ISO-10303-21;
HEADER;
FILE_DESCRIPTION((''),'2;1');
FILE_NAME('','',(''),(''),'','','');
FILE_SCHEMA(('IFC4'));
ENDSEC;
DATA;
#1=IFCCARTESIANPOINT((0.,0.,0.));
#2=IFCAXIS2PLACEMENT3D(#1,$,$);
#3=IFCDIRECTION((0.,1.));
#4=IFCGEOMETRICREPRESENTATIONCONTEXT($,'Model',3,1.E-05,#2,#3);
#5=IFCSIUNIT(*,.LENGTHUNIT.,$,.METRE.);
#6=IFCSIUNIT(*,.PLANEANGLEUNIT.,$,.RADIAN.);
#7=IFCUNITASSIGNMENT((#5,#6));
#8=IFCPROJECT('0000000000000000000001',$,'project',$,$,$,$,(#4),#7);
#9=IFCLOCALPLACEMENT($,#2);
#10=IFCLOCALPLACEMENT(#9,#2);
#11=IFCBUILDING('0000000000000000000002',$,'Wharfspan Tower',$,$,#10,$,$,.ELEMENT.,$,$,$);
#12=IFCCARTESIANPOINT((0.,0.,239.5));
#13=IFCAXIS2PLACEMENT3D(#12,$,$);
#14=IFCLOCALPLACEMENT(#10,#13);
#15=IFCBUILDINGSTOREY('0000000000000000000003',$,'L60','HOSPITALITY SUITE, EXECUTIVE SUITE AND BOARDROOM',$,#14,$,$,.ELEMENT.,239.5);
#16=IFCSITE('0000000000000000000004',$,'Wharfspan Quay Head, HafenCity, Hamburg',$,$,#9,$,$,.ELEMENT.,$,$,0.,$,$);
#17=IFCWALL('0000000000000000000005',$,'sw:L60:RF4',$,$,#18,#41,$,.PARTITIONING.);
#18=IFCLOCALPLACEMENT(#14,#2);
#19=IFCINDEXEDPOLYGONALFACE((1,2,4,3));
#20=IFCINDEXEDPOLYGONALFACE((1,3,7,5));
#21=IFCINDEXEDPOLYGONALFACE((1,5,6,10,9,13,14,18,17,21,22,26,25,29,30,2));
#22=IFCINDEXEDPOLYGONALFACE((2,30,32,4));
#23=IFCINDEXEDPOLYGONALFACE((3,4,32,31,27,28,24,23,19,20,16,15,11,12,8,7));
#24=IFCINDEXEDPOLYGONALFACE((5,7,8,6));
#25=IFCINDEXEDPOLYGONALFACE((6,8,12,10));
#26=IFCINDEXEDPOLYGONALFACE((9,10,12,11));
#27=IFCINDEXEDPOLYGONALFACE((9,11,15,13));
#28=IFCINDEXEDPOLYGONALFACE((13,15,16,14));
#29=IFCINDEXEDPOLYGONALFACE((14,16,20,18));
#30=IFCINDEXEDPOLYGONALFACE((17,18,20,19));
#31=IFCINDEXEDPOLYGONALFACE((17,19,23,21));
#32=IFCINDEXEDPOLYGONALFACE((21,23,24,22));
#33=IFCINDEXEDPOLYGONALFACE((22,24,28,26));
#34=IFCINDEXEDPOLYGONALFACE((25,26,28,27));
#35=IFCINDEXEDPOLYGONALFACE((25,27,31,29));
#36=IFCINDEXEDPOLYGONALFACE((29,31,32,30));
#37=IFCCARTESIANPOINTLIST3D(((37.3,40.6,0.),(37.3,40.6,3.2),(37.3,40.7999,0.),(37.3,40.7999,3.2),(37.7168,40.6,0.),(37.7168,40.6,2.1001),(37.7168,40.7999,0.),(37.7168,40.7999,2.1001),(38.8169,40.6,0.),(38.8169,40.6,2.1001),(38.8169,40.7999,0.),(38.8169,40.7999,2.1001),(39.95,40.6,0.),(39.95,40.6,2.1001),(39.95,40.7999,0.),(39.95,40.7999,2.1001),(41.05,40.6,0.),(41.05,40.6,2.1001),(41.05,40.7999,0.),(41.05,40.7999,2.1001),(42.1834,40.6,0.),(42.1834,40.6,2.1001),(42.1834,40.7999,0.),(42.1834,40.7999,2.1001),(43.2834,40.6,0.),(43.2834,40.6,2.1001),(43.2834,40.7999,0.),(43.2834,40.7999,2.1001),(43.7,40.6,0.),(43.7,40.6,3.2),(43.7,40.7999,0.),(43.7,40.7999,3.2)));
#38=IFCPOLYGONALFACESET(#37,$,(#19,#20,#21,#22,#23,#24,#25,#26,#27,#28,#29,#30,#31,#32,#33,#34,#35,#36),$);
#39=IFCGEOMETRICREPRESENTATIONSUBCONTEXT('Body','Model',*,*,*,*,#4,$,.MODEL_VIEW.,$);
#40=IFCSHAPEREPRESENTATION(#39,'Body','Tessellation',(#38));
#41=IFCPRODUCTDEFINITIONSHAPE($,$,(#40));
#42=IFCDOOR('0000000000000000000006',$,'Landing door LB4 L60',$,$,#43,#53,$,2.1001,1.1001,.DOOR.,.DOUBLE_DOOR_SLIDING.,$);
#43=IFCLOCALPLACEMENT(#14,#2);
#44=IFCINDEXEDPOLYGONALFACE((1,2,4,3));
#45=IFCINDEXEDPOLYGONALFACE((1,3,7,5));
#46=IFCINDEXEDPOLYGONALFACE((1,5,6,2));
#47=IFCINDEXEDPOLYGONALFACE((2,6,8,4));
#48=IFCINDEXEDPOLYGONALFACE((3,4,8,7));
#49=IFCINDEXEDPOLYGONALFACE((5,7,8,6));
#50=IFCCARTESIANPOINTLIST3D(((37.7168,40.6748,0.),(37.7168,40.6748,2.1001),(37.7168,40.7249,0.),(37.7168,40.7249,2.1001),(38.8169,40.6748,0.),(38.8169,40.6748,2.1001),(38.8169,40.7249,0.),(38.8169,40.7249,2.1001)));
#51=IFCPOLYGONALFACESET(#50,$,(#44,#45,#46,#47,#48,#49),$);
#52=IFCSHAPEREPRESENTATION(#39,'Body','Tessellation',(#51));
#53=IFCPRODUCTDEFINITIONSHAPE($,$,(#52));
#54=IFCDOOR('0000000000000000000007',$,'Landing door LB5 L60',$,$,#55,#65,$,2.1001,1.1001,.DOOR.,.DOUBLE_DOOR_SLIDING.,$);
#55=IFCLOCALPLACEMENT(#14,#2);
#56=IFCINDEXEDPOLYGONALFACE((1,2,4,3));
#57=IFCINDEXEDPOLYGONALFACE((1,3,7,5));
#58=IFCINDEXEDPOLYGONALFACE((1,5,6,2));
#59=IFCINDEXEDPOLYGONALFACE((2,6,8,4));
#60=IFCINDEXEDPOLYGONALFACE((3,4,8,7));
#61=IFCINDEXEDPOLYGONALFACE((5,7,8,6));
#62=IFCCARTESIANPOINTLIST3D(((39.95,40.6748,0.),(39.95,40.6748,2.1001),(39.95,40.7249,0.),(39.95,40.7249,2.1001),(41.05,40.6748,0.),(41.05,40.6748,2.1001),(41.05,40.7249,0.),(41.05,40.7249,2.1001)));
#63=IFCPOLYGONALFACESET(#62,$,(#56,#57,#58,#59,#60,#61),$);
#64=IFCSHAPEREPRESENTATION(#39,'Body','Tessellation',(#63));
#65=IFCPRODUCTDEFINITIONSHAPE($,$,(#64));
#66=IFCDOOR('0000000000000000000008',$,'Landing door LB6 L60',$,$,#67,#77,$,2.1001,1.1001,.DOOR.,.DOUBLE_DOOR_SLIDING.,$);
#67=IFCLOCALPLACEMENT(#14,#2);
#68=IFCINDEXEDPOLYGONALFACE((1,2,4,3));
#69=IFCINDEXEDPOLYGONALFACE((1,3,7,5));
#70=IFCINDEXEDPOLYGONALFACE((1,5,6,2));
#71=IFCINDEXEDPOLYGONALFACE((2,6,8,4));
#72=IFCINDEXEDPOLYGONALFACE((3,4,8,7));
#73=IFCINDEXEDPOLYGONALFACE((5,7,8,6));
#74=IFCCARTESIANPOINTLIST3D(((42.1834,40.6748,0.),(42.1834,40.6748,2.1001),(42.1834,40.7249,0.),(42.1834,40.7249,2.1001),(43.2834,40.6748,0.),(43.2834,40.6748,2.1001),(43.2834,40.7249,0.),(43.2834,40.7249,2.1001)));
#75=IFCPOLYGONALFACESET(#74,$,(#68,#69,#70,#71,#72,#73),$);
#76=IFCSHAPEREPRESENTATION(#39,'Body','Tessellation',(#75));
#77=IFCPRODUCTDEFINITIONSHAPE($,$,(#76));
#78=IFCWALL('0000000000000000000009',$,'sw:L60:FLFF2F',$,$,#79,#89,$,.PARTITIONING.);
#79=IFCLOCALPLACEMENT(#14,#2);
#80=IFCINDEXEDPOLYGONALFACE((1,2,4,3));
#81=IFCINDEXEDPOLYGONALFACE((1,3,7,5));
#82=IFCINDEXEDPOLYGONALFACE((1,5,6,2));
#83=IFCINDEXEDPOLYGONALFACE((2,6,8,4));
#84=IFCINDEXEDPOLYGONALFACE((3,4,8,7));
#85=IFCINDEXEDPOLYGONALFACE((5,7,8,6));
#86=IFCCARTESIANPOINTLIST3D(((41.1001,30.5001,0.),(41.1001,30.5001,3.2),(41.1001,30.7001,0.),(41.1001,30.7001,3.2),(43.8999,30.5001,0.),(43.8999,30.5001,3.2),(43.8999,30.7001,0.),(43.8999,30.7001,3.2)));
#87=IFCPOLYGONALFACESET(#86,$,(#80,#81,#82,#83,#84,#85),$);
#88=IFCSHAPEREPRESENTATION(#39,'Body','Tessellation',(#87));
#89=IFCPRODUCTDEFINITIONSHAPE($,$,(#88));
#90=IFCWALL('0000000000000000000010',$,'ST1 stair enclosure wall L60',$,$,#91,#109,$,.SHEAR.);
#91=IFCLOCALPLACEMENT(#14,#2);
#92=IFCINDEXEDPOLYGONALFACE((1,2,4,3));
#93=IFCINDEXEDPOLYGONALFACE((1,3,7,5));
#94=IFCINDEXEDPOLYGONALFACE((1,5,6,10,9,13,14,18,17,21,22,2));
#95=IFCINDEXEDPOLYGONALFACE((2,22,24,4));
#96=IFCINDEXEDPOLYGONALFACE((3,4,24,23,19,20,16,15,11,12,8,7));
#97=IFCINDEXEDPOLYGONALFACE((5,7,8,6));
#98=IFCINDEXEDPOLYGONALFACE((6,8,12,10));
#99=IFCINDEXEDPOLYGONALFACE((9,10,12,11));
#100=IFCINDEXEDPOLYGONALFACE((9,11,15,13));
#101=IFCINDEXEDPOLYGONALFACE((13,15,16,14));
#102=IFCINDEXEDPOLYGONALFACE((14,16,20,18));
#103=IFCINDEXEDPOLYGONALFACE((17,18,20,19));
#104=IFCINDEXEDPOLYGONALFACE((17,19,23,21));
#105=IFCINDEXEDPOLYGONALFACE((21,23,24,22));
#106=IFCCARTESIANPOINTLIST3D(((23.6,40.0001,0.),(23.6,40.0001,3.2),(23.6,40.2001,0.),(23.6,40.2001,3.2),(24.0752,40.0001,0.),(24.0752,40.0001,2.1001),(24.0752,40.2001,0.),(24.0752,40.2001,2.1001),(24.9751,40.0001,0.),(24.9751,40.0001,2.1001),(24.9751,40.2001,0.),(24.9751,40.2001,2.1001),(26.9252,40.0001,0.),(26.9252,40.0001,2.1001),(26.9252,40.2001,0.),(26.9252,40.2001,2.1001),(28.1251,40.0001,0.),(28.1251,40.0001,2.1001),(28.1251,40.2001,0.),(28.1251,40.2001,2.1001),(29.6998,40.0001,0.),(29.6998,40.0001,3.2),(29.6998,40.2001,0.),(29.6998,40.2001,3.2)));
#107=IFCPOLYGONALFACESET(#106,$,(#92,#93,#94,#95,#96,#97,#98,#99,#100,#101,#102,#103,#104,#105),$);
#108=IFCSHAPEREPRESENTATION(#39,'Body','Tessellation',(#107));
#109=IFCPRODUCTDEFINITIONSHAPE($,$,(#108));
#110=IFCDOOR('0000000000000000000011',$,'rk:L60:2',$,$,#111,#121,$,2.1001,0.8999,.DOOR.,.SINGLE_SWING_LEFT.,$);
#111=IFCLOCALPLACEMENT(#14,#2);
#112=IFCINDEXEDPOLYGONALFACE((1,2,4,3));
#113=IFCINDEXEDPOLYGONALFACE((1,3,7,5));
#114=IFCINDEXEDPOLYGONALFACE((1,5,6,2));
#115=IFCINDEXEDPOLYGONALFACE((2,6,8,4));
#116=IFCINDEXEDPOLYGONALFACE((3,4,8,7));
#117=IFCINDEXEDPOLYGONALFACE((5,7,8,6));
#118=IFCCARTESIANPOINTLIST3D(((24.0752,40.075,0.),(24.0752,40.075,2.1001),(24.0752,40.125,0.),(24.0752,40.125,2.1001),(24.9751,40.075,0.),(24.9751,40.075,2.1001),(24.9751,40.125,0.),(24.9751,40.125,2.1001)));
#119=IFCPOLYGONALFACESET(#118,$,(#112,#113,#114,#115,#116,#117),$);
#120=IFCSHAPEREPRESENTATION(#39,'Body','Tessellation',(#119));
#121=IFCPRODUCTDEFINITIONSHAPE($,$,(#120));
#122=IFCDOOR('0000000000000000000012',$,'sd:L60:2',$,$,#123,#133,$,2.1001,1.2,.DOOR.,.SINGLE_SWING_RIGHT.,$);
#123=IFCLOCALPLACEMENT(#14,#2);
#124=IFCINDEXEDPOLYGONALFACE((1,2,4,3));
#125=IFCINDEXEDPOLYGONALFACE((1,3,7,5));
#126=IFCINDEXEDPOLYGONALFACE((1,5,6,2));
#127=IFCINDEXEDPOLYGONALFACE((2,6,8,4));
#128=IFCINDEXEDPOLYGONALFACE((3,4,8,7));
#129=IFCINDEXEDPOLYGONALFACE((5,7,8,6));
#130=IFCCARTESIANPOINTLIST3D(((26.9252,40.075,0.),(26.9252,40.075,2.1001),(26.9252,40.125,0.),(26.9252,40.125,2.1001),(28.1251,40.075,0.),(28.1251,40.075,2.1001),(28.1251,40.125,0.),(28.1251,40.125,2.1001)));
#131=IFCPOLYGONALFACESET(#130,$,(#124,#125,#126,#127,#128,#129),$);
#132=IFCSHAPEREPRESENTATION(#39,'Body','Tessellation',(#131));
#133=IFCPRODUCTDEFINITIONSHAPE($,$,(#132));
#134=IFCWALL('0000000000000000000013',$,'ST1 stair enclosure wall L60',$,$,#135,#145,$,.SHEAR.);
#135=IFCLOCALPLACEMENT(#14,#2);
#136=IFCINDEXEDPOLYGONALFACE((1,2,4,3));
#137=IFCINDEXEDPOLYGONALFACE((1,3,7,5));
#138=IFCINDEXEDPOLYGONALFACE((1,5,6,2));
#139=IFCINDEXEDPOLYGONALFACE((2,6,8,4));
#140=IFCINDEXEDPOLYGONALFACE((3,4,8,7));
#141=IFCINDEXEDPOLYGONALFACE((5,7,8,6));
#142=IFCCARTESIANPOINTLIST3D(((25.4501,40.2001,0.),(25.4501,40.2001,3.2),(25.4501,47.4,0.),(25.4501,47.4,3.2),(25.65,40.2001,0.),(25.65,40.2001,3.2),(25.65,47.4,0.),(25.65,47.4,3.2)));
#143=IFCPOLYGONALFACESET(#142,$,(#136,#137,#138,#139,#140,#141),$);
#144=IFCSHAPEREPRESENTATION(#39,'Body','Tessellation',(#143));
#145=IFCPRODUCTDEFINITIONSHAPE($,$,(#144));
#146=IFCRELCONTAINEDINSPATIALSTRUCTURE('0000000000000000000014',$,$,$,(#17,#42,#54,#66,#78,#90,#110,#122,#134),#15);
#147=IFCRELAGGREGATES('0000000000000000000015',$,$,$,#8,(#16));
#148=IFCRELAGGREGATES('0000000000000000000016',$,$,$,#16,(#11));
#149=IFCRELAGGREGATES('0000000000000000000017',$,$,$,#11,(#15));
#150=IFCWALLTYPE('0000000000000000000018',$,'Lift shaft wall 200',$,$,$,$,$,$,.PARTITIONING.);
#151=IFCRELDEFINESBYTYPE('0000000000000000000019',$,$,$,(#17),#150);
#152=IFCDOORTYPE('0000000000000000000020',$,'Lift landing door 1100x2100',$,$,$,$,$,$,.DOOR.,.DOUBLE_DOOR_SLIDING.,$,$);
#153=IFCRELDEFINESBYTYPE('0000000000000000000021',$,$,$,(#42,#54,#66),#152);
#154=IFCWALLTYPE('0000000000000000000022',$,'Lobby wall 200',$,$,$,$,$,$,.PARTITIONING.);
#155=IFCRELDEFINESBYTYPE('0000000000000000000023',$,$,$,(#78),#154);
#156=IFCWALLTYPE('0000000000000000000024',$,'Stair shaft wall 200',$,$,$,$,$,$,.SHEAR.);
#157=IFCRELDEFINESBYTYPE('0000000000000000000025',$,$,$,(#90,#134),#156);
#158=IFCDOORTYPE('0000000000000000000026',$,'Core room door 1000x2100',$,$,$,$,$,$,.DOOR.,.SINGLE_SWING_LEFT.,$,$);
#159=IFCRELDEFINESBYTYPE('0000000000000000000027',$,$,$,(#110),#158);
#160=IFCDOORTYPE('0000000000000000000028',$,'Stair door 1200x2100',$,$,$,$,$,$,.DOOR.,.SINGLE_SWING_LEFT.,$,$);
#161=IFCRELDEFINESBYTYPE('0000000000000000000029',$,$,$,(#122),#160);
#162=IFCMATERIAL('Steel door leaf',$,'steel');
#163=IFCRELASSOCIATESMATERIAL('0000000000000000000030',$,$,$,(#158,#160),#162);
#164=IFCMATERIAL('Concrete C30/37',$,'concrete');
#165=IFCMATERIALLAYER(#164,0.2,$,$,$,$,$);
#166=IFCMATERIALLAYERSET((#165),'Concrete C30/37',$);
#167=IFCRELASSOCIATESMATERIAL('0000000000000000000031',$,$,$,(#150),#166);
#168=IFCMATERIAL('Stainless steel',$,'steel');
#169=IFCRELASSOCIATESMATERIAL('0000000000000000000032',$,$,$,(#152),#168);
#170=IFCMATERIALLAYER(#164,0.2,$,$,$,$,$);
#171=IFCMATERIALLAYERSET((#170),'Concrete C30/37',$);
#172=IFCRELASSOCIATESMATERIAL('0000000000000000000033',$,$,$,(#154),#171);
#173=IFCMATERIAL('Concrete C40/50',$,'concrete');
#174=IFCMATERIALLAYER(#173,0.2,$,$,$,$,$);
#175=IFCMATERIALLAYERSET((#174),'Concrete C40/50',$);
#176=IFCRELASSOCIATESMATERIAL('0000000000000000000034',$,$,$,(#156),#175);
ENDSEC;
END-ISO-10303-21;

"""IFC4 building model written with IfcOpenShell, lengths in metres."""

from ifc_helpers import new_model, si_unit, direction, frame, frame_2d, origin, place, context, subcontext, project, spatial, rectangle, extrude, material, layer, layer_set, type_object, element, fill, save


model = new_model("IFC4")

# Units and contexts
model_context = context("Model", 3, precision=1e-05, world=origin(), true_north=direction((0.0, 1.0)))
body_context = subcontext(model_context, "Body", "Model", "MODEL_VIEW")
ifc_project = project(units=[si_unit("LENGTHUNIT", "METRE"), si_unit("PLANEANGLEUNIT", "RADIAN")], contexts=[model_context])

# Site, building, storey
site_placement = place(None, origin())
site = spatial("IfcSite", under=ifc_project, at=site_placement, Name="Wharfspan Quay Head, HafenCity, Hamburg", CompositionType="ELEMENT", RefElevation=0.0)
building_placement = place(site_placement, origin())
building = spatial("IfcBuilding", under=site, at=building_placement, Name="Wharfspan Tower", CompositionType="ELEMENT")
storey_placement = place(building_placement, frame((0.0, 0.0, 239.5)))
storey = spatial("IfcBuildingStorey", under=building, at=storey_placement, Name="L60", Description="HOSPITALITY SUITE, EXECUTIVE SUITE AND BOARDROOM", CompositionType="ELEMENT", Elevation=239.5)

# Shared definitions
ifc_material_1 = material(Name="Steel door leaf", Category="steel")

# Wall, openings, doors
door_type_1 = type_object("IfcDoorType", Name="Core room door 1000x2100", OperationType="SINGLE_SWING_LEFT", PredefinedType="DOOR", material=ifc_material_1)
ifc_material_2 = material(Name="Concrete C30/37", Category="concrete")
ifc_layer_1 = layer(ifc_material_2, 0.2)
ifc_layer_set_1 = layer_set([ifc_layer_1], Name="Concrete C30/37")
wall_type_1 = type_object("IfcWallType", Name="Lift shaft wall 200", PredefinedType="PARTITIONING", material=ifc_layer_set_1)
ifc_material_3 = material(Name="Stainless steel", Category="steel")
door_type_2 = type_object("IfcDoorType", Name="Lift landing door 1100x2100", OperationType="DOUBLE_DOOR_SLIDING", PredefinedType="DOOR", material=ifc_material_3)
wall_1_placement = place(storey_placement, frame((37.3, 40.7, 0.0), z_axis=(0.0, 0.0, 1.0), x_axis=(1.0, 0.0, 0.0)))
wall_1 = element("IfcWall", 1, at=wall_1_placement, inside=storey, type_object=wall_type_1, Name="sw:L60:RF4", PredefinedType="PARTITIONING", context=body_context, shape_type="SweptSolid", body=[
    extrude(rectangle(XDim=6.3999, YDim=0.2, at=frame_2d((3.2, 0.0))), origin(), (0.0, 0.0, 1.0), 3.2),
])
opening_1_placement = place(wall_1_placement, frame((0.4167, 0.0, 0.0)))
opening_1 = element("IfcOpeningElement", 2, at=opening_1_placement, cuts=wall_1, PredefinedType="OPENING", context=body_context, shape_type="SweptSolid", body=[
    extrude(rectangle(XDim=1.1001, YDim=2.1001, at=frame_2d((0.55, 1.05))), frame((0.0, 0.1099, 0.0), z_axis=(0.0, -1.0, 0.0), x_axis=(1.0, 0.0, 0.0)), (0.0, 0.0, 1.0), 0.22),
])
opening_2_placement = place(wall_1_placement, frame((2.6499, 0.0, 0.0)))
opening_2 = element("IfcOpeningElement", 3, at=opening_2_placement, cuts=wall_1, PredefinedType="OPENING", context=body_context, shape_type="SweptSolid", body=[
    extrude(rectangle(XDim=1.1001, YDim=2.1001, at=frame_2d((0.55, 1.05))), frame((0.0, 0.1099, 0.0), z_axis=(0.0, -1.0, 0.0), x_axis=(1.0, 0.0, 0.0)), (0.0, 0.0, 1.0), 0.22),
])
opening_3_placement = place(wall_1_placement, frame((4.8833, 0.0, 0.0)))
opening_3 = element("IfcOpeningElement", 4, at=opening_3_placement, cuts=wall_1, PredefinedType="OPENING", context=body_context, shape_type="SweptSolid", body=[
    extrude(rectangle(XDim=1.1001, YDim=2.1001, at=frame_2d((0.55, 1.05))), frame((0.0, 0.1099, 0.0), z_axis=(0.0, -1.0, 0.0), x_axis=(1.0, 0.0, 0.0)), (0.0, 0.0, 1.0), 0.22),
])
door_1_placement = place(opening_1_placement, origin())
door_1 = element("IfcDoor", 5, at=door_1_placement, inside=storey, type_object=door_type_2, Name="Landing door LB4 L60", OperationType="DOUBLE_DOOR_SLIDING", OverallHeight=2.1001, OverallWidth=1.1001, PredefinedType="DOOR", context=body_context, shape_type="SweptSolid", body=[
    extrude(rectangle(XDim=1.1001, YDim=2.1001, at=frame_2d((0.55, 1.05))), frame((0.0, 0.0249, 0.0), z_axis=(0.0, -1.0, 0.0), x_axis=(1.0, 0.0, 0.0)), (0.0, 0.0, 1.0), 0.05),
])
fill(opening_1, door_1)
door_2_placement = place(opening_2_placement, origin())
door_2 = element("IfcDoor", 6, at=door_2_placement, inside=storey, type_object=door_type_2, Name="Landing door LB5 L60", OperationType="DOUBLE_DOOR_SLIDING", OverallHeight=2.1001, OverallWidth=1.1001, PredefinedType="DOOR", context=body_context, shape_type="SweptSolid", body=[
    extrude(rectangle(XDim=1.1001, YDim=2.1001, at=frame_2d((0.55, 1.05))), frame((0.0, 0.0249, 0.0), z_axis=(0.0, -1.0, 0.0), x_axis=(1.0, 0.0, 0.0)), (0.0, 0.0, 1.0), 0.05),
])
fill(opening_2, door_2)
door_3_placement = place(opening_3_placement, origin())
door_3 = element("IfcDoor", 7, at=door_3_placement, inside=storey, type_object=door_type_2, Name="Landing door LB6 L60", OperationType="DOUBLE_DOOR_SLIDING", OverallHeight=2.1001, OverallWidth=1.1001, PredefinedType="DOOR", context=body_context, shape_type="SweptSolid", body=[
    extrude(rectangle(XDim=1.1001, YDim=2.1001, at=frame_2d((0.55, 1.05))), frame((0.0, 0.0249, 0.0), z_axis=(0.0, -1.0, 0.0), x_axis=(1.0, 0.0, 0.0)), (0.0, 0.0, 1.0), 0.05),
])
fill(opening_3, door_3)

# Wall
ifc_layer_2 = layer(ifc_material_2, 0.2)
ifc_layer_set_2 = layer_set([ifc_layer_2], Name="Concrete C30/37")
wall_type_2 = type_object("IfcWallType", Name="Lobby wall 200", PredefinedType="PARTITIONING", material=ifc_layer_set_2)
wall_2_placement = place(storey_placement, frame((41.1001, 30.6001, 0.0), z_axis=(0.0, 0.0, 1.0), x_axis=(1.0, 0.0, 0.0)))
element("IfcWall", 8, at=wall_2_placement, inside=storey, type_object=wall_type_2, Name="sw:L60:FLFF2F", PredefinedType="PARTITIONING", context=body_context, shape_type="SweptSolid", body=[
    extrude(rectangle(XDim=2.7998, YDim=0.2, at=frame_2d((1.3999, 0.0))), origin(), (0.0, 0.0, 1.0), 3.2),
])

# Wall, openings, doors
ifc_material_4 = material(Name="Concrete C40/50", Category="concrete")
ifc_layer_3 = layer(ifc_material_4, 0.2)
ifc_layer_set_3 = layer_set([ifc_layer_3], Name="Concrete C40/50")
wall_type_3 = type_object("IfcWallType", Name="Stair shaft wall 200", PredefinedType="SHEAR", material=ifc_layer_set_3)
wall_3_placement = place(storey_placement, frame((23.6001, 40.1001, 0.0), z_axis=(0.0, 0.0, 1.0), x_axis=(1.0, 0.0, 0.0)))
wall_3 = element("IfcWall", 9, at=wall_3_placement, inside=storey, type_object=wall_type_3, Name="ST1 stair enclosure wall L60", PredefinedType="SHEAR", context=body_context, shape_type="SweptSolid", body=[
    extrude(rectangle(XDim=6.0999, YDim=0.2, at=frame_2d((3.0498, 0.0))), origin(), (0.0, 0.0, 1.0), 3.2),
])
opening_4_placement = place(wall_3_placement, frame((3.325, 0.0, 0.0)))
opening_4 = element("IfcOpeningElement", 10, at=opening_4_placement, cuts=wall_3, PredefinedType="OPENING", context=body_context, shape_type="SweptSolid", body=[
    extrude(rectangle(XDim=1.2, YDim=2.1001, at=frame_2d((0.6001, 1.05))), frame((0.0, 0.1099, 0.0), z_axis=(0.0, -1.0, 0.0), x_axis=(1.0, 0.0, 0.0)), (0.0, 0.0, 1.0), 0.22),
])
opening_5_placement = place(wall_3_placement, frame((0.4751, 0.0, 0.0)))
opening_5 = element("IfcOpeningElement", 11, at=opening_5_placement, cuts=wall_3, PredefinedType="OPENING", context=body_context, shape_type="SweptSolid", body=[
    extrude(rectangle(XDim=0.8999, YDim=2.1001, at=frame_2d((0.45, 1.05))), frame((0.0, 0.1099, 0.0), z_axis=(0.0, -1.0, 0.0), x_axis=(1.0, 0.0, 0.0)), (0.0, 0.0, 1.0), 0.22),
])
door_4_placement = place(opening_5_placement, origin())
door_4 = element("IfcDoor", 12, at=door_4_placement, inside=storey, type_object=door_type_1, Name="rk:L60:2", OperationType="SINGLE_SWING_LEFT", OverallHeight=2.1001, OverallWidth=0.8999, PredefinedType="DOOR", context=body_context, shape_type="SweptSolid", body=[
    extrude(rectangle(XDim=0.8999, YDim=2.1001, at=frame_2d((0.45, 1.05))), frame((0.0, 0.0249, 0.0), z_axis=(0.0, -1.0, 0.0), x_axis=(1.0, 0.0, 0.0)), (0.0, 0.0, 1.0), 0.05),
])
fill(opening_5, door_4)
door_type_3 = type_object("IfcDoorType", Name="Stair door 1200x2100", OperationType="SINGLE_SWING_LEFT", PredefinedType="DOOR", material=ifc_material_1)
door_5_placement = place(opening_4_placement, origin())
door_5 = element("IfcDoor", 13, at=door_5_placement, inside=storey, type_object=door_type_3, Name="sd:L60:2", OperationType="SINGLE_SWING_RIGHT", OverallHeight=2.1001, OverallWidth=1.2, PredefinedType="DOOR", context=body_context, shape_type="SweptSolid", body=[
    extrude(rectangle(XDim=1.2, YDim=2.1001, at=frame_2d((0.6001, 1.05))), frame((0.0, 0.0249, 0.0), z_axis=(0.0, -1.0, 0.0), x_axis=(1.0, 0.0, 0.0)), (0.0, 0.0, 1.0), 0.05),
])
fill(opening_4, door_5)

# Wall
wall_4_placement = place(storey_placement, frame((25.55, 40.2, 0.0), z_axis=(0.0, 0.0, 1.0), x_axis=(0.0, 1.0, 0.0)))
element("IfcWall", 14, at=wall_4_placement, inside=storey, type_object=wall_type_3, Name="ST1 stair enclosure wall L60", PredefinedType="SHEAR", context=body_context, shape_type="SweptSolid", body=[
    extrude(rectangle(XDim=7.2, YDim=0.2, at=frame_2d((3.6001, 0.0))), origin(), (0.0, 0.0, 1.0), 3.2),
])

save(model, "model.ifc")
